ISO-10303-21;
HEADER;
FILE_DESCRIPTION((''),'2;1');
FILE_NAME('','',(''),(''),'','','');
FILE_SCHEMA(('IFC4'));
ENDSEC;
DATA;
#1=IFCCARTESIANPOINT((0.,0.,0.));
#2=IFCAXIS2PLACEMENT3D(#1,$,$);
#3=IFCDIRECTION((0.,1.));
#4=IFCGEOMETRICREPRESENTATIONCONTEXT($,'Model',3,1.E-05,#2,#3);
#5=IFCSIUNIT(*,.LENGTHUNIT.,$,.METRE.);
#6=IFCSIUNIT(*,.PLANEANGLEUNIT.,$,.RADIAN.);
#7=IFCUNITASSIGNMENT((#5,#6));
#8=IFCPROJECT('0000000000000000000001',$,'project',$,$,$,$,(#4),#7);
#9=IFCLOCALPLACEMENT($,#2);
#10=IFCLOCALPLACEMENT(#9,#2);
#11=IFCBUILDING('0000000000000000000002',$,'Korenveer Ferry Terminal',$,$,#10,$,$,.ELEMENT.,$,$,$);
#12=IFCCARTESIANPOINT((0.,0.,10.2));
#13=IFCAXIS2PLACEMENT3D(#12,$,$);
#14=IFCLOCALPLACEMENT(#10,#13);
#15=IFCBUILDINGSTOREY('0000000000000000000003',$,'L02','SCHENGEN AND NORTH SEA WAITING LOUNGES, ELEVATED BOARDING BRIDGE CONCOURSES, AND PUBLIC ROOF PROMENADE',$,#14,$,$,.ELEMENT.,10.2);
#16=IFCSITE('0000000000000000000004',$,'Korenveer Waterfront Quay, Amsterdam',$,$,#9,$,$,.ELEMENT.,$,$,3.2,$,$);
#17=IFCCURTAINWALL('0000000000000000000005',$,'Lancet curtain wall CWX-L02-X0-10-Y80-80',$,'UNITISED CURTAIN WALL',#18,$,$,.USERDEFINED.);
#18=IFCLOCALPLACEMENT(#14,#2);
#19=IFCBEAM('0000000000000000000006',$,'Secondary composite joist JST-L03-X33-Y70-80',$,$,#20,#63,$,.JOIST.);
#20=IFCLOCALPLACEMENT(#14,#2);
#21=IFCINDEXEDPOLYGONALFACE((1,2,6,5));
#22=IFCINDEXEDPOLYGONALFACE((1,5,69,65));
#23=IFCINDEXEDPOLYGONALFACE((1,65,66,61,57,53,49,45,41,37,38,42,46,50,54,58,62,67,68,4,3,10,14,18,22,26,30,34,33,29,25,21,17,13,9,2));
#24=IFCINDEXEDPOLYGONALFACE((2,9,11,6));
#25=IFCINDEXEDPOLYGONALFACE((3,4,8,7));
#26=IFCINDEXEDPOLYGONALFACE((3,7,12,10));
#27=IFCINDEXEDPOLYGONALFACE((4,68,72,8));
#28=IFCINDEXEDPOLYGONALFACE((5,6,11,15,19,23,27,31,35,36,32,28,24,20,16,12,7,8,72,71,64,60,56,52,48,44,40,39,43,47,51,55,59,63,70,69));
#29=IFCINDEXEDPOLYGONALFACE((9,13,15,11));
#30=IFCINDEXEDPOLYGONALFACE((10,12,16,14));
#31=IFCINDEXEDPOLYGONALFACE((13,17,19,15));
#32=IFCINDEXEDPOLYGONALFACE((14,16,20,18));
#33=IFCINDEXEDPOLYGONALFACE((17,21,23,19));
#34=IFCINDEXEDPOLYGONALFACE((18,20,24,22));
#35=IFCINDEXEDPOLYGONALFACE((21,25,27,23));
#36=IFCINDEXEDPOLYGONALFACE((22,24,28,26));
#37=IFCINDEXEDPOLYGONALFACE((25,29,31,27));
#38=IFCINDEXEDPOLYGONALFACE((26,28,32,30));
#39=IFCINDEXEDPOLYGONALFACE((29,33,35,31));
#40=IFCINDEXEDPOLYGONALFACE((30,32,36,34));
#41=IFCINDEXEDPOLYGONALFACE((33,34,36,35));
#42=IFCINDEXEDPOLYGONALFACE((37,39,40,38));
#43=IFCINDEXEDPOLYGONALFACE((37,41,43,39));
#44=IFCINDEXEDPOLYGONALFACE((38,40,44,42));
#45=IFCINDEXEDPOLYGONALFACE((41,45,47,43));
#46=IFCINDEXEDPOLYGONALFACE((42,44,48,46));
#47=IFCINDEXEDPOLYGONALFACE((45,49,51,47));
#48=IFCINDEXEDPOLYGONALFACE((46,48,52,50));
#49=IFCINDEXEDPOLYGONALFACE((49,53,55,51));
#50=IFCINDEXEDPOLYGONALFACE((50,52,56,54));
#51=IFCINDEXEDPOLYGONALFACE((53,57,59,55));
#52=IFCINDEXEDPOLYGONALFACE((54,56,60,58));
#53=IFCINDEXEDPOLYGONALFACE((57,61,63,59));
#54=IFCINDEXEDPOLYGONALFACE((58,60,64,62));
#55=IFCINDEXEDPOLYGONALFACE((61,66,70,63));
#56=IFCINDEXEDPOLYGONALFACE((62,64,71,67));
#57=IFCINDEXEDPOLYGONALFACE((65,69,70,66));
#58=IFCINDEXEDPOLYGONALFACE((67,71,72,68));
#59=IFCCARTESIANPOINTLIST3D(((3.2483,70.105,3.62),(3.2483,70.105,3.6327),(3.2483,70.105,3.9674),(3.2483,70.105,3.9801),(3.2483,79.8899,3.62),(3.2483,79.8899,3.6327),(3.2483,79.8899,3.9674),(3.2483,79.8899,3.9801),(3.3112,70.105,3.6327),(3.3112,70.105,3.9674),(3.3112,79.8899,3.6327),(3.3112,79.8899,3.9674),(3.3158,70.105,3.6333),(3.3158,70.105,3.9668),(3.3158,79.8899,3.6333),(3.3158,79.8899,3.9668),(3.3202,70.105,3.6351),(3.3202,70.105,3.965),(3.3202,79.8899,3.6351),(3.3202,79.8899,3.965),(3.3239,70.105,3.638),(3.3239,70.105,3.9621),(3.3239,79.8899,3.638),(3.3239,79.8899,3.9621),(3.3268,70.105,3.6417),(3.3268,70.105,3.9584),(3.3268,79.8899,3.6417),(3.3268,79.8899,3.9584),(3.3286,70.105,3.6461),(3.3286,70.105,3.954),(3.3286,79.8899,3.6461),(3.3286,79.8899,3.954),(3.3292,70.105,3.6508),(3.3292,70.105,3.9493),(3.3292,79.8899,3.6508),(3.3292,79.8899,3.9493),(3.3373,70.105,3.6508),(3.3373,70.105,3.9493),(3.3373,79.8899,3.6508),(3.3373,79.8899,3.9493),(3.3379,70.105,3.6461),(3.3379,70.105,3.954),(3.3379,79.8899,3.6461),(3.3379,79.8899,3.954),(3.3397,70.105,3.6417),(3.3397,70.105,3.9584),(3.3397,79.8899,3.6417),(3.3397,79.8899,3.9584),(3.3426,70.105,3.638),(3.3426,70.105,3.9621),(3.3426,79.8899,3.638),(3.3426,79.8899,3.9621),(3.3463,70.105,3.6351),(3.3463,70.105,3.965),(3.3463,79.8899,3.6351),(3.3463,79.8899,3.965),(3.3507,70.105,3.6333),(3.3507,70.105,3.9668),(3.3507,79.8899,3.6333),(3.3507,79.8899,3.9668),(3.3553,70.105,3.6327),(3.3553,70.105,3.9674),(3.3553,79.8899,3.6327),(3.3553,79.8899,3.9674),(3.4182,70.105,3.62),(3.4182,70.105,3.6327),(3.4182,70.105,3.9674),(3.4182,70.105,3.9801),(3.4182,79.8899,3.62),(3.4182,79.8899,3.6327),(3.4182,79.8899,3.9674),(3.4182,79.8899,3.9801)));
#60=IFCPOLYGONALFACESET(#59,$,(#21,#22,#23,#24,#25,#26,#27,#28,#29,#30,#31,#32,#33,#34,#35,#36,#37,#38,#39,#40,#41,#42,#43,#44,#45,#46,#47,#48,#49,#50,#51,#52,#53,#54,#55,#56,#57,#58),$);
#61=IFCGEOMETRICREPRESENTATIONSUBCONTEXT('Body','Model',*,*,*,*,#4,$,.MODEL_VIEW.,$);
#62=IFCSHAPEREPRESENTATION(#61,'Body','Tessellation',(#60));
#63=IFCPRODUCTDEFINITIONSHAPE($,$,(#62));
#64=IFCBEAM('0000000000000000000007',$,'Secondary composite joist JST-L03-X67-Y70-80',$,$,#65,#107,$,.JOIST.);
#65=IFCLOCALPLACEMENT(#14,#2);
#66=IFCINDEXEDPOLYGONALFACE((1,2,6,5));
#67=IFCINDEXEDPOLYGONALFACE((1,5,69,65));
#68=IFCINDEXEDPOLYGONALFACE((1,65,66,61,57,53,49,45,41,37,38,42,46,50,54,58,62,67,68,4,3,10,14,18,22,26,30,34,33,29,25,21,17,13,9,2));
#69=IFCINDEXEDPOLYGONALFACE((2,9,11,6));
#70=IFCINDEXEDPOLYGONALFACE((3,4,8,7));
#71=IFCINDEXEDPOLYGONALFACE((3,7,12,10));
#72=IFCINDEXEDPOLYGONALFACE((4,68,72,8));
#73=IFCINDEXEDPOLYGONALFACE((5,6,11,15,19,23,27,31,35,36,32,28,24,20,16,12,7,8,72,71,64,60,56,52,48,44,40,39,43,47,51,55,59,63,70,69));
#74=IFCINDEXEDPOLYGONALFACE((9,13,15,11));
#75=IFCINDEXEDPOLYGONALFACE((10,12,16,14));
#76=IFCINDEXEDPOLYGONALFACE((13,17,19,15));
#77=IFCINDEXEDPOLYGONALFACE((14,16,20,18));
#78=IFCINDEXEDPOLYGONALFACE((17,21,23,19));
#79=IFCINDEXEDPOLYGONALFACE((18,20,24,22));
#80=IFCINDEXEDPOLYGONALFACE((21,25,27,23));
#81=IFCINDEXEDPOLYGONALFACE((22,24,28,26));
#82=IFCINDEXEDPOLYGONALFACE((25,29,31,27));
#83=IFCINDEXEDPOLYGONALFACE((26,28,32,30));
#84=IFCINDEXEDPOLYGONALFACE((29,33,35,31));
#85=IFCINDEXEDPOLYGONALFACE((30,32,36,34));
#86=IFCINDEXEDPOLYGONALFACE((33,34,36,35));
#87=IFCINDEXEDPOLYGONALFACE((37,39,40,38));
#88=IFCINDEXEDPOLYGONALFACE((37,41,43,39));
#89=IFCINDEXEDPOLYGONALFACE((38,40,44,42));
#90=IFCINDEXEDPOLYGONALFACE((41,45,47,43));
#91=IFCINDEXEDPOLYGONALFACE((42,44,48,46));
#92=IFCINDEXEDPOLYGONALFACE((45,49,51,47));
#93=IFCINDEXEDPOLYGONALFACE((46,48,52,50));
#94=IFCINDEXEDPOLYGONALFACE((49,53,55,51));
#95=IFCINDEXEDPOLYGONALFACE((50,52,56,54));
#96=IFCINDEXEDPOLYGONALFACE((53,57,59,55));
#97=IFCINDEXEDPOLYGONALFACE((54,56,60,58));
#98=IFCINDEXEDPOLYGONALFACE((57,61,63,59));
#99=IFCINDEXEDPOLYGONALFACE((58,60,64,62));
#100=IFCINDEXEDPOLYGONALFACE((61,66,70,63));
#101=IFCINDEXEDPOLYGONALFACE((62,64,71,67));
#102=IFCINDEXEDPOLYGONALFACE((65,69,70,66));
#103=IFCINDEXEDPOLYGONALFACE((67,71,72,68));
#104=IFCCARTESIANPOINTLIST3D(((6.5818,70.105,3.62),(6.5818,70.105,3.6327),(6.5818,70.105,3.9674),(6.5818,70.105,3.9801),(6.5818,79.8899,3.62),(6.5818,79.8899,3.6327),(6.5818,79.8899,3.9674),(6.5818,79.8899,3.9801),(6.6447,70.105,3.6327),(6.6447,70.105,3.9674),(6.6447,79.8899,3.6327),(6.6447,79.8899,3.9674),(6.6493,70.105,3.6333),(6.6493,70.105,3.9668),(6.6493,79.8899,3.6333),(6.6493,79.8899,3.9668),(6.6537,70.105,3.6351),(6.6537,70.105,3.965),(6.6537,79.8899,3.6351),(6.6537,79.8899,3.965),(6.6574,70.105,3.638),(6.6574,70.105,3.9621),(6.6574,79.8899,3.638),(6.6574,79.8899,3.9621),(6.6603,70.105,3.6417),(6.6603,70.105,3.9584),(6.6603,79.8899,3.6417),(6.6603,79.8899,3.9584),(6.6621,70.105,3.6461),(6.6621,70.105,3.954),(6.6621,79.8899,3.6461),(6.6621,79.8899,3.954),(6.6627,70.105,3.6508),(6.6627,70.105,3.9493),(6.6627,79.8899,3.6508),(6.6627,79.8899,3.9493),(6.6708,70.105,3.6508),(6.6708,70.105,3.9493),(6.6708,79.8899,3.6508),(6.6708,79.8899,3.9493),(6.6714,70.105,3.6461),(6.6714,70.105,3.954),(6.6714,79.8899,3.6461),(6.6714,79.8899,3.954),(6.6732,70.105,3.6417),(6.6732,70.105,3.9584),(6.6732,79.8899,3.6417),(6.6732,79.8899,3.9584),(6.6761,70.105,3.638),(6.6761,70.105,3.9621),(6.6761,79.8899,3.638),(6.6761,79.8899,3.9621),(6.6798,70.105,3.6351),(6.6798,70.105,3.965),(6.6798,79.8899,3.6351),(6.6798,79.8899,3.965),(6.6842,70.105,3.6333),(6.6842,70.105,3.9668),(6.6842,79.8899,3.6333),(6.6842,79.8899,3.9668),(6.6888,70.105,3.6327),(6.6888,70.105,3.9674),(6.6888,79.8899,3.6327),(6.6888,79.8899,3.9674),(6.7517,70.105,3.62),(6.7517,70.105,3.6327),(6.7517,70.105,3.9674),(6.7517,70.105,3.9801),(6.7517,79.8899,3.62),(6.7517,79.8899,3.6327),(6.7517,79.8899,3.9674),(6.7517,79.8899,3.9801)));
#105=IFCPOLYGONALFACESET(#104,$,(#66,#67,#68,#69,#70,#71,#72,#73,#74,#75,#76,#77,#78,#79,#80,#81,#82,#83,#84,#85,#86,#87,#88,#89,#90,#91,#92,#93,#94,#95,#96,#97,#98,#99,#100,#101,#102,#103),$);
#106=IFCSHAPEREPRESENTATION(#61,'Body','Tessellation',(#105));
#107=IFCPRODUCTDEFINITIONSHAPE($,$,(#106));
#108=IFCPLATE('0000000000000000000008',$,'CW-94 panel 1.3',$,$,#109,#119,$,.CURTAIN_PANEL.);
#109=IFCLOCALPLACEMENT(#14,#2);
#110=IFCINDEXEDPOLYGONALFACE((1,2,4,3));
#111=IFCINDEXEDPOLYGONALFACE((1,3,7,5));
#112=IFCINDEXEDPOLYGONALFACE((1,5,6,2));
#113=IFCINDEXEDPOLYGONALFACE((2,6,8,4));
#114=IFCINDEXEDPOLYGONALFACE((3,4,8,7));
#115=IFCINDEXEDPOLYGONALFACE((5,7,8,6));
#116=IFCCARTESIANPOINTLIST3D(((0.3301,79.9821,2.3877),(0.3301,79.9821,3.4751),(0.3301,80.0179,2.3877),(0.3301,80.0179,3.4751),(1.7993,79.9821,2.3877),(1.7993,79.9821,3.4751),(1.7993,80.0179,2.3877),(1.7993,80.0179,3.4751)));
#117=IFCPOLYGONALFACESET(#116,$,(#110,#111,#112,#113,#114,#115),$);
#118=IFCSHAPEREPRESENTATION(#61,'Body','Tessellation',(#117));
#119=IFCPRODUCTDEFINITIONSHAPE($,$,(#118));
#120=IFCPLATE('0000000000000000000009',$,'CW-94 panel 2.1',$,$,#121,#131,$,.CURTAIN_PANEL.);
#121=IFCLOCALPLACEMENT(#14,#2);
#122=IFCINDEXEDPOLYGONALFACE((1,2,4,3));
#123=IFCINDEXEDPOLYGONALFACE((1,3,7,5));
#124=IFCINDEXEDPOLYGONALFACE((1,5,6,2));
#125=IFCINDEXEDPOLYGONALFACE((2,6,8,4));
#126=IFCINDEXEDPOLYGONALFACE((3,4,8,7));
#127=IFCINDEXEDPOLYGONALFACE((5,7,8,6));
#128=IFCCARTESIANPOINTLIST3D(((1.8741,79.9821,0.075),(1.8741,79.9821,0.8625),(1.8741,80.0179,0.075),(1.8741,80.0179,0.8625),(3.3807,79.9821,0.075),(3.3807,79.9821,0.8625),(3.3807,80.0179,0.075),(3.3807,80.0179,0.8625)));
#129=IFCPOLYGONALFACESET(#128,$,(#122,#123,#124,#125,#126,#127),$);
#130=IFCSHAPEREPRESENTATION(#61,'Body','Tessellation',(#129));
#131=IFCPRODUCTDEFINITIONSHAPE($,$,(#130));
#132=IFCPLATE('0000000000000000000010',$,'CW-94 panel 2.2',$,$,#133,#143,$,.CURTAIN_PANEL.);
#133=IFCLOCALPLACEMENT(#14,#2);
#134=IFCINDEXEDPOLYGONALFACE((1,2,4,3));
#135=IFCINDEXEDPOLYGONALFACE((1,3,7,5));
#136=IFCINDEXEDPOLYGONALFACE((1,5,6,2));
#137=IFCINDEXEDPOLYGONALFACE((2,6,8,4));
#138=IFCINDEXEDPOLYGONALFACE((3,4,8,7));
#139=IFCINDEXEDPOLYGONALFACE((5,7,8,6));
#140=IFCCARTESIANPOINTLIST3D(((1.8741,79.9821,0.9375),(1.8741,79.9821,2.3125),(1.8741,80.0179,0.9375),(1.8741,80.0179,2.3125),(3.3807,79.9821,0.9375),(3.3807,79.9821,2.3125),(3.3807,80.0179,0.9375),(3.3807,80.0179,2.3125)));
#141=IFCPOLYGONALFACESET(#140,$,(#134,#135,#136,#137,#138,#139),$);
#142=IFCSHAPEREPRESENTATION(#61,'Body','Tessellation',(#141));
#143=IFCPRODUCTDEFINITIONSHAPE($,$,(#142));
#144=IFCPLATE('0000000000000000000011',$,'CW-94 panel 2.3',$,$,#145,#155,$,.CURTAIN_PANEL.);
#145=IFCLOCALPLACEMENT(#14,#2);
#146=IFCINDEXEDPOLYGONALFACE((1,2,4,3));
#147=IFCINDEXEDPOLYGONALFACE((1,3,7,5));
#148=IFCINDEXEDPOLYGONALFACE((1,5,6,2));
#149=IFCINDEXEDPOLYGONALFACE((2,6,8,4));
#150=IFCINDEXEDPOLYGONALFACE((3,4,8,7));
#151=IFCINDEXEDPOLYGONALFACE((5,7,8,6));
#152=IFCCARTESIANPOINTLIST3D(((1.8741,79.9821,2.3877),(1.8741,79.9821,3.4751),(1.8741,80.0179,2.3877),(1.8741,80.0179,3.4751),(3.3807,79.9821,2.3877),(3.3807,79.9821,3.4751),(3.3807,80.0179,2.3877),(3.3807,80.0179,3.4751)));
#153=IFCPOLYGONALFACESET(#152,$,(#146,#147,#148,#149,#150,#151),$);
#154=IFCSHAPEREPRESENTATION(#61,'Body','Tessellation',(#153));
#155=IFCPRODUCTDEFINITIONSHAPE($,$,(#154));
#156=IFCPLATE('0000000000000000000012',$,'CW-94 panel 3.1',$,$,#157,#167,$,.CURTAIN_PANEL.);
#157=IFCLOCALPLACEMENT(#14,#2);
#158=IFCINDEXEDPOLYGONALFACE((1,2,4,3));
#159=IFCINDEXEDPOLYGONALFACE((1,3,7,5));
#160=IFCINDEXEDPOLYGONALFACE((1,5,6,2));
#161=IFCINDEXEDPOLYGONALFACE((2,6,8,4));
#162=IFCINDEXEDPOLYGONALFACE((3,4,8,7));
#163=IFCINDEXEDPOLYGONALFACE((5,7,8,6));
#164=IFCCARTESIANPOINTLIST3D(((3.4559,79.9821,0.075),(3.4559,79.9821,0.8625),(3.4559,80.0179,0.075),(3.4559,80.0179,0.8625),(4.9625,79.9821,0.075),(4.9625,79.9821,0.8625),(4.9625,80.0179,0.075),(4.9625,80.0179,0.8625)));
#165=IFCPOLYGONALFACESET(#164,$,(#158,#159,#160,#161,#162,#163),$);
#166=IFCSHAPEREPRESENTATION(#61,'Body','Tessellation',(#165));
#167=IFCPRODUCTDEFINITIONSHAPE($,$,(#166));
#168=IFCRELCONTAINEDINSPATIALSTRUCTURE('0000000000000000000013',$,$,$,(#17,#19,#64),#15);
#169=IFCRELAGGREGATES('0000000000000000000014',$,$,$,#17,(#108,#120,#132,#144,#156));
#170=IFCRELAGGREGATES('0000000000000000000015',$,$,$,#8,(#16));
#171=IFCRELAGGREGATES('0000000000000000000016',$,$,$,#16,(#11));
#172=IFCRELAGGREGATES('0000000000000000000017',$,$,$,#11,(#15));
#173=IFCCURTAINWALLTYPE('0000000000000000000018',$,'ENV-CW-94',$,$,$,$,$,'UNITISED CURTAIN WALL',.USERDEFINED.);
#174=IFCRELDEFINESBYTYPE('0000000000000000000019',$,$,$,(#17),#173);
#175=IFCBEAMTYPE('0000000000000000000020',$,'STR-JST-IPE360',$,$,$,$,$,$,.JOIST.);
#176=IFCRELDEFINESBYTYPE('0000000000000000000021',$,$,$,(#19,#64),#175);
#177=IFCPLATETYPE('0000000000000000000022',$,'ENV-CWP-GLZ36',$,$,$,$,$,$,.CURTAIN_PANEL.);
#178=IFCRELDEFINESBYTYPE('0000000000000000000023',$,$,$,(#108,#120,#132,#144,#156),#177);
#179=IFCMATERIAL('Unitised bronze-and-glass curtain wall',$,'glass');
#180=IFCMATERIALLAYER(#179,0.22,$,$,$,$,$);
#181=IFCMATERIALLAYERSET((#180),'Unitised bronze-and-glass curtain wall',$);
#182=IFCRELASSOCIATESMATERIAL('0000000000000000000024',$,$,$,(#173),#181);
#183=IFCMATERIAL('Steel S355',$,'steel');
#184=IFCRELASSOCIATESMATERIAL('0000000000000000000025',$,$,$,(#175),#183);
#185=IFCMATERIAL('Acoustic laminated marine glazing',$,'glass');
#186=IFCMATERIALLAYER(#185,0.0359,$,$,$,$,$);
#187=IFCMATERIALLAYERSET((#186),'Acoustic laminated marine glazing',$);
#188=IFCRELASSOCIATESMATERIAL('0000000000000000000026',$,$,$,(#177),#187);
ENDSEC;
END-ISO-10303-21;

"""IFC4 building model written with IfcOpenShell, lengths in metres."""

from ifc_helpers import new_model, si_unit, direction, frame, origin, origin_2d, place, context, subcontext, project, spatial, rectangle, i_section, extrude, material, layer, layer_set, material_profile, profile_set, type_object, element, aggregate, save


model = new_model("IFC4")

# Units and contexts
model_context = context("Model", 3, precision=1e-05, world=origin(), true_north=direction((0.0, 1.0)))
body_context = subcontext(model_context, "Body", "Model", "MODEL_VIEW")
ifc_project = project(units=[si_unit("LENGTHUNIT", "METRE"), si_unit("PLANEANGLEUNIT", "RADIAN")], contexts=[model_context])

# Site, building, storey
site_placement = place(None, origin())
site = spatial("IfcSite", under=ifc_project, at=site_placement, Name="Korenveer Waterfront Quay, Amsterdam", CompositionType="ELEMENT", RefElevation=3.2)
building_placement = place(site_placement, origin())
building = spatial("IfcBuilding", under=site, at=building_placement, Name="Korenveer Ferry Terminal", CompositionType="ELEMENT")
storey_placement = place(building_placement, frame((0.0, 0.0, 10.2)))
storey = spatial("IfcBuildingStorey", under=building, at=storey_placement, Name="L02", Description="SCHENGEN AND NORTH SEA WAITING LOUNGES, ELEVATED BOARDING BRIDGE CONCOURSES, AND PUBLIC ROOF PROMENADE", CompositionType="ELEMENT", Elevation=10.2)

# Curtain wall
ifc_material_1 = material(Name="Unitised bronze-and-glass curtain wall", Category="glass")
ifc_layer_1 = layer(ifc_material_1, 0.22)
ifc_layer_set_1 = layer_set([ifc_layer_1], Name="Unitised bronze-and-glass curtain wall")
curtain_wall_type = type_object("IfcCurtainWallType", Name="ENV-CW-94", ElementType="UNITISED CURTAIN WALL", PredefinedType="USERDEFINED", material=ifc_layer_set_1)
curtain_wall_placement = place(storey_placement, frame((0.2549, 80.0, 0.0)))
curtain_wall = element("IfcCurtainWall", 1, at=curtain_wall_placement, inside=storey, type_object=curtain_wall_type, Name="Lancet curtain wall CWX-L02-X0-10-Y80-80", ObjectType="UNITISED CURTAIN WALL", PredefinedType="USERDEFINED")

# Beams
ifc_material_2 = material(Name="Steel S355", Category="steel")
ifc_material_profile_1 = material_profile(ifc_material_2, i_section(OverallWidth=0.1699, OverallDepth=0.3601, WebThickness=0.0081, FlangeThickness=0.0127, FilletRadius=0.0181, at=origin_2d()), Name="IPE 360")
ifc_profile_set_1 = profile_set([ifc_material_profile_1], Name="Steel S355")
beam_type_1 = type_object("IfcBeamType", Name="STR-JST-IPE360", PredefinedType="JOIST", material=ifc_profile_set_1)
for number, where, z_axis, x_axis, name in (
    (2, (3.3333, 70.105, 3.8), (0.0, 1.0, 0.0), (-1.0, 0.0, 0.0), "Secondary composite joist JST-L03-X33-Y70-80"),
    (3, (6.6667, 70.105, 3.8), (0.0, 1.0, 0.0), (-1.0, 0.0, 0.0), "Secondary composite joist JST-L03-X67-Y70-80"),
):
    element("IfcBeam", number, at=place(storey_placement, frame(where, z_axis=z_axis, x_axis=x_axis)), inside=storey, type_object=beam_type_1, Name=name, PredefinedType="JOIST", context=body_context, shape_type="SweptSolid", body=[
        extrude(i_section(OverallWidth=0.1699, OverallDepth=0.3601, WebThickness=0.0081, FlangeThickness=0.0127, FilletRadius=0.0181, at=origin_2d()), origin(), (0.0, 0.0, 1.0), 9.7849),
    ])

# Plates
ifc_material_3 = material(Name="Acoustic laminated marine glazing", Category="glass")
ifc_layer_2 = layer(ifc_material_3, 0.0359)
ifc_layer_set_2 = layer_set([ifc_layer_2], Name="Acoustic laminated marine glazing")
plate_type = type_object("IfcPlateType", Name="ENV-CWP-GLZ36", PredefinedType="CURTAIN_PANEL", material=ifc_layer_set_2)
plate_1_placement = place(storey_placement, frame((1.0647, 80.0, 2.3877), z_axis=(0.0, 0.0, 1.0), x_axis=(1.0, 0.0, 0.0)))
plate_1 = element("IfcPlate", 4, at=plate_1_placement, type_object=plate_type, Name="CW-94 panel 1.3", PredefinedType="CURTAIN_PANEL", context=body_context, shape_type="SweptSolid", body=[
    extrude(rectangle(XDim=1.4692, YDim=0.0359, at=origin_2d()), origin(), (0.0, 0.0, 1.0), 1.0874),
])
plate_2_placement = place(storey_placement, frame((2.6274, 80.0, 0.075), z_axis=(0.0, 0.0, 1.0), x_axis=(1.0, 0.0, 0.0)))
plate_2 = element("IfcPlate", 5, at=plate_2_placement, type_object=plate_type, Name="CW-94 panel 2.1", PredefinedType="CURTAIN_PANEL", context=body_context, shape_type="SweptSolid", body=[
    extrude(rectangle(XDim=1.5066, YDim=0.0359, at=origin_2d()), origin(), (0.0, 0.0, 1.0), 0.7876),
])
plate_3_placement = place(storey_placement, frame((2.6274, 80.0, 0.9375), z_axis=(0.0, 0.0, 1.0), x_axis=(1.0, 0.0, 0.0)))
plate_3 = element("IfcPlate", 6, at=plate_3_placement, type_object=plate_type, Name="CW-94 panel 2.2", PredefinedType="CURTAIN_PANEL", context=body_context, shape_type="SweptSolid", body=[
    extrude(rectangle(XDim=1.5066, YDim=0.0359, at=origin_2d()), origin(), (0.0, 0.0, 1.0), 1.375),
])
plate_4_placement = place(storey_placement, frame((2.6274, 80.0, 2.3877), z_axis=(0.0, 0.0, 1.0), x_axis=(1.0, 0.0, 0.0)))
plate_4 = element("IfcPlate", 7, at=plate_4_placement, type_object=plate_type, Name="CW-94 panel 2.3", PredefinedType="CURTAIN_PANEL", context=body_context, shape_type="SweptSolid", body=[
    extrude(rectangle(XDim=1.5066, YDim=0.0359, at=origin_2d()), origin(), (0.0, 0.0, 1.0), 1.0874),
])
plate_5_placement = place(storey_placement, frame((4.2092, 80.0, 0.075), z_axis=(0.0, 0.0, 1.0), x_axis=(1.0, 0.0, 0.0)))
plate_5 = element("IfcPlate", 8, at=plate_5_placement, type_object=plate_type, Name="CW-94 panel 3.1", PredefinedType="CURTAIN_PANEL", context=body_context, shape_type="SweptSolid", body=[
    extrude(rectangle(XDim=1.5066, YDim=0.0359, at=origin_2d()), origin(), (0.0, 0.0, 1.0), 0.7876),
])
aggregate(curtain_wall, [plate_1, plate_2, plate_3, plate_4, plate_5])

save(model, "model.ifc")
